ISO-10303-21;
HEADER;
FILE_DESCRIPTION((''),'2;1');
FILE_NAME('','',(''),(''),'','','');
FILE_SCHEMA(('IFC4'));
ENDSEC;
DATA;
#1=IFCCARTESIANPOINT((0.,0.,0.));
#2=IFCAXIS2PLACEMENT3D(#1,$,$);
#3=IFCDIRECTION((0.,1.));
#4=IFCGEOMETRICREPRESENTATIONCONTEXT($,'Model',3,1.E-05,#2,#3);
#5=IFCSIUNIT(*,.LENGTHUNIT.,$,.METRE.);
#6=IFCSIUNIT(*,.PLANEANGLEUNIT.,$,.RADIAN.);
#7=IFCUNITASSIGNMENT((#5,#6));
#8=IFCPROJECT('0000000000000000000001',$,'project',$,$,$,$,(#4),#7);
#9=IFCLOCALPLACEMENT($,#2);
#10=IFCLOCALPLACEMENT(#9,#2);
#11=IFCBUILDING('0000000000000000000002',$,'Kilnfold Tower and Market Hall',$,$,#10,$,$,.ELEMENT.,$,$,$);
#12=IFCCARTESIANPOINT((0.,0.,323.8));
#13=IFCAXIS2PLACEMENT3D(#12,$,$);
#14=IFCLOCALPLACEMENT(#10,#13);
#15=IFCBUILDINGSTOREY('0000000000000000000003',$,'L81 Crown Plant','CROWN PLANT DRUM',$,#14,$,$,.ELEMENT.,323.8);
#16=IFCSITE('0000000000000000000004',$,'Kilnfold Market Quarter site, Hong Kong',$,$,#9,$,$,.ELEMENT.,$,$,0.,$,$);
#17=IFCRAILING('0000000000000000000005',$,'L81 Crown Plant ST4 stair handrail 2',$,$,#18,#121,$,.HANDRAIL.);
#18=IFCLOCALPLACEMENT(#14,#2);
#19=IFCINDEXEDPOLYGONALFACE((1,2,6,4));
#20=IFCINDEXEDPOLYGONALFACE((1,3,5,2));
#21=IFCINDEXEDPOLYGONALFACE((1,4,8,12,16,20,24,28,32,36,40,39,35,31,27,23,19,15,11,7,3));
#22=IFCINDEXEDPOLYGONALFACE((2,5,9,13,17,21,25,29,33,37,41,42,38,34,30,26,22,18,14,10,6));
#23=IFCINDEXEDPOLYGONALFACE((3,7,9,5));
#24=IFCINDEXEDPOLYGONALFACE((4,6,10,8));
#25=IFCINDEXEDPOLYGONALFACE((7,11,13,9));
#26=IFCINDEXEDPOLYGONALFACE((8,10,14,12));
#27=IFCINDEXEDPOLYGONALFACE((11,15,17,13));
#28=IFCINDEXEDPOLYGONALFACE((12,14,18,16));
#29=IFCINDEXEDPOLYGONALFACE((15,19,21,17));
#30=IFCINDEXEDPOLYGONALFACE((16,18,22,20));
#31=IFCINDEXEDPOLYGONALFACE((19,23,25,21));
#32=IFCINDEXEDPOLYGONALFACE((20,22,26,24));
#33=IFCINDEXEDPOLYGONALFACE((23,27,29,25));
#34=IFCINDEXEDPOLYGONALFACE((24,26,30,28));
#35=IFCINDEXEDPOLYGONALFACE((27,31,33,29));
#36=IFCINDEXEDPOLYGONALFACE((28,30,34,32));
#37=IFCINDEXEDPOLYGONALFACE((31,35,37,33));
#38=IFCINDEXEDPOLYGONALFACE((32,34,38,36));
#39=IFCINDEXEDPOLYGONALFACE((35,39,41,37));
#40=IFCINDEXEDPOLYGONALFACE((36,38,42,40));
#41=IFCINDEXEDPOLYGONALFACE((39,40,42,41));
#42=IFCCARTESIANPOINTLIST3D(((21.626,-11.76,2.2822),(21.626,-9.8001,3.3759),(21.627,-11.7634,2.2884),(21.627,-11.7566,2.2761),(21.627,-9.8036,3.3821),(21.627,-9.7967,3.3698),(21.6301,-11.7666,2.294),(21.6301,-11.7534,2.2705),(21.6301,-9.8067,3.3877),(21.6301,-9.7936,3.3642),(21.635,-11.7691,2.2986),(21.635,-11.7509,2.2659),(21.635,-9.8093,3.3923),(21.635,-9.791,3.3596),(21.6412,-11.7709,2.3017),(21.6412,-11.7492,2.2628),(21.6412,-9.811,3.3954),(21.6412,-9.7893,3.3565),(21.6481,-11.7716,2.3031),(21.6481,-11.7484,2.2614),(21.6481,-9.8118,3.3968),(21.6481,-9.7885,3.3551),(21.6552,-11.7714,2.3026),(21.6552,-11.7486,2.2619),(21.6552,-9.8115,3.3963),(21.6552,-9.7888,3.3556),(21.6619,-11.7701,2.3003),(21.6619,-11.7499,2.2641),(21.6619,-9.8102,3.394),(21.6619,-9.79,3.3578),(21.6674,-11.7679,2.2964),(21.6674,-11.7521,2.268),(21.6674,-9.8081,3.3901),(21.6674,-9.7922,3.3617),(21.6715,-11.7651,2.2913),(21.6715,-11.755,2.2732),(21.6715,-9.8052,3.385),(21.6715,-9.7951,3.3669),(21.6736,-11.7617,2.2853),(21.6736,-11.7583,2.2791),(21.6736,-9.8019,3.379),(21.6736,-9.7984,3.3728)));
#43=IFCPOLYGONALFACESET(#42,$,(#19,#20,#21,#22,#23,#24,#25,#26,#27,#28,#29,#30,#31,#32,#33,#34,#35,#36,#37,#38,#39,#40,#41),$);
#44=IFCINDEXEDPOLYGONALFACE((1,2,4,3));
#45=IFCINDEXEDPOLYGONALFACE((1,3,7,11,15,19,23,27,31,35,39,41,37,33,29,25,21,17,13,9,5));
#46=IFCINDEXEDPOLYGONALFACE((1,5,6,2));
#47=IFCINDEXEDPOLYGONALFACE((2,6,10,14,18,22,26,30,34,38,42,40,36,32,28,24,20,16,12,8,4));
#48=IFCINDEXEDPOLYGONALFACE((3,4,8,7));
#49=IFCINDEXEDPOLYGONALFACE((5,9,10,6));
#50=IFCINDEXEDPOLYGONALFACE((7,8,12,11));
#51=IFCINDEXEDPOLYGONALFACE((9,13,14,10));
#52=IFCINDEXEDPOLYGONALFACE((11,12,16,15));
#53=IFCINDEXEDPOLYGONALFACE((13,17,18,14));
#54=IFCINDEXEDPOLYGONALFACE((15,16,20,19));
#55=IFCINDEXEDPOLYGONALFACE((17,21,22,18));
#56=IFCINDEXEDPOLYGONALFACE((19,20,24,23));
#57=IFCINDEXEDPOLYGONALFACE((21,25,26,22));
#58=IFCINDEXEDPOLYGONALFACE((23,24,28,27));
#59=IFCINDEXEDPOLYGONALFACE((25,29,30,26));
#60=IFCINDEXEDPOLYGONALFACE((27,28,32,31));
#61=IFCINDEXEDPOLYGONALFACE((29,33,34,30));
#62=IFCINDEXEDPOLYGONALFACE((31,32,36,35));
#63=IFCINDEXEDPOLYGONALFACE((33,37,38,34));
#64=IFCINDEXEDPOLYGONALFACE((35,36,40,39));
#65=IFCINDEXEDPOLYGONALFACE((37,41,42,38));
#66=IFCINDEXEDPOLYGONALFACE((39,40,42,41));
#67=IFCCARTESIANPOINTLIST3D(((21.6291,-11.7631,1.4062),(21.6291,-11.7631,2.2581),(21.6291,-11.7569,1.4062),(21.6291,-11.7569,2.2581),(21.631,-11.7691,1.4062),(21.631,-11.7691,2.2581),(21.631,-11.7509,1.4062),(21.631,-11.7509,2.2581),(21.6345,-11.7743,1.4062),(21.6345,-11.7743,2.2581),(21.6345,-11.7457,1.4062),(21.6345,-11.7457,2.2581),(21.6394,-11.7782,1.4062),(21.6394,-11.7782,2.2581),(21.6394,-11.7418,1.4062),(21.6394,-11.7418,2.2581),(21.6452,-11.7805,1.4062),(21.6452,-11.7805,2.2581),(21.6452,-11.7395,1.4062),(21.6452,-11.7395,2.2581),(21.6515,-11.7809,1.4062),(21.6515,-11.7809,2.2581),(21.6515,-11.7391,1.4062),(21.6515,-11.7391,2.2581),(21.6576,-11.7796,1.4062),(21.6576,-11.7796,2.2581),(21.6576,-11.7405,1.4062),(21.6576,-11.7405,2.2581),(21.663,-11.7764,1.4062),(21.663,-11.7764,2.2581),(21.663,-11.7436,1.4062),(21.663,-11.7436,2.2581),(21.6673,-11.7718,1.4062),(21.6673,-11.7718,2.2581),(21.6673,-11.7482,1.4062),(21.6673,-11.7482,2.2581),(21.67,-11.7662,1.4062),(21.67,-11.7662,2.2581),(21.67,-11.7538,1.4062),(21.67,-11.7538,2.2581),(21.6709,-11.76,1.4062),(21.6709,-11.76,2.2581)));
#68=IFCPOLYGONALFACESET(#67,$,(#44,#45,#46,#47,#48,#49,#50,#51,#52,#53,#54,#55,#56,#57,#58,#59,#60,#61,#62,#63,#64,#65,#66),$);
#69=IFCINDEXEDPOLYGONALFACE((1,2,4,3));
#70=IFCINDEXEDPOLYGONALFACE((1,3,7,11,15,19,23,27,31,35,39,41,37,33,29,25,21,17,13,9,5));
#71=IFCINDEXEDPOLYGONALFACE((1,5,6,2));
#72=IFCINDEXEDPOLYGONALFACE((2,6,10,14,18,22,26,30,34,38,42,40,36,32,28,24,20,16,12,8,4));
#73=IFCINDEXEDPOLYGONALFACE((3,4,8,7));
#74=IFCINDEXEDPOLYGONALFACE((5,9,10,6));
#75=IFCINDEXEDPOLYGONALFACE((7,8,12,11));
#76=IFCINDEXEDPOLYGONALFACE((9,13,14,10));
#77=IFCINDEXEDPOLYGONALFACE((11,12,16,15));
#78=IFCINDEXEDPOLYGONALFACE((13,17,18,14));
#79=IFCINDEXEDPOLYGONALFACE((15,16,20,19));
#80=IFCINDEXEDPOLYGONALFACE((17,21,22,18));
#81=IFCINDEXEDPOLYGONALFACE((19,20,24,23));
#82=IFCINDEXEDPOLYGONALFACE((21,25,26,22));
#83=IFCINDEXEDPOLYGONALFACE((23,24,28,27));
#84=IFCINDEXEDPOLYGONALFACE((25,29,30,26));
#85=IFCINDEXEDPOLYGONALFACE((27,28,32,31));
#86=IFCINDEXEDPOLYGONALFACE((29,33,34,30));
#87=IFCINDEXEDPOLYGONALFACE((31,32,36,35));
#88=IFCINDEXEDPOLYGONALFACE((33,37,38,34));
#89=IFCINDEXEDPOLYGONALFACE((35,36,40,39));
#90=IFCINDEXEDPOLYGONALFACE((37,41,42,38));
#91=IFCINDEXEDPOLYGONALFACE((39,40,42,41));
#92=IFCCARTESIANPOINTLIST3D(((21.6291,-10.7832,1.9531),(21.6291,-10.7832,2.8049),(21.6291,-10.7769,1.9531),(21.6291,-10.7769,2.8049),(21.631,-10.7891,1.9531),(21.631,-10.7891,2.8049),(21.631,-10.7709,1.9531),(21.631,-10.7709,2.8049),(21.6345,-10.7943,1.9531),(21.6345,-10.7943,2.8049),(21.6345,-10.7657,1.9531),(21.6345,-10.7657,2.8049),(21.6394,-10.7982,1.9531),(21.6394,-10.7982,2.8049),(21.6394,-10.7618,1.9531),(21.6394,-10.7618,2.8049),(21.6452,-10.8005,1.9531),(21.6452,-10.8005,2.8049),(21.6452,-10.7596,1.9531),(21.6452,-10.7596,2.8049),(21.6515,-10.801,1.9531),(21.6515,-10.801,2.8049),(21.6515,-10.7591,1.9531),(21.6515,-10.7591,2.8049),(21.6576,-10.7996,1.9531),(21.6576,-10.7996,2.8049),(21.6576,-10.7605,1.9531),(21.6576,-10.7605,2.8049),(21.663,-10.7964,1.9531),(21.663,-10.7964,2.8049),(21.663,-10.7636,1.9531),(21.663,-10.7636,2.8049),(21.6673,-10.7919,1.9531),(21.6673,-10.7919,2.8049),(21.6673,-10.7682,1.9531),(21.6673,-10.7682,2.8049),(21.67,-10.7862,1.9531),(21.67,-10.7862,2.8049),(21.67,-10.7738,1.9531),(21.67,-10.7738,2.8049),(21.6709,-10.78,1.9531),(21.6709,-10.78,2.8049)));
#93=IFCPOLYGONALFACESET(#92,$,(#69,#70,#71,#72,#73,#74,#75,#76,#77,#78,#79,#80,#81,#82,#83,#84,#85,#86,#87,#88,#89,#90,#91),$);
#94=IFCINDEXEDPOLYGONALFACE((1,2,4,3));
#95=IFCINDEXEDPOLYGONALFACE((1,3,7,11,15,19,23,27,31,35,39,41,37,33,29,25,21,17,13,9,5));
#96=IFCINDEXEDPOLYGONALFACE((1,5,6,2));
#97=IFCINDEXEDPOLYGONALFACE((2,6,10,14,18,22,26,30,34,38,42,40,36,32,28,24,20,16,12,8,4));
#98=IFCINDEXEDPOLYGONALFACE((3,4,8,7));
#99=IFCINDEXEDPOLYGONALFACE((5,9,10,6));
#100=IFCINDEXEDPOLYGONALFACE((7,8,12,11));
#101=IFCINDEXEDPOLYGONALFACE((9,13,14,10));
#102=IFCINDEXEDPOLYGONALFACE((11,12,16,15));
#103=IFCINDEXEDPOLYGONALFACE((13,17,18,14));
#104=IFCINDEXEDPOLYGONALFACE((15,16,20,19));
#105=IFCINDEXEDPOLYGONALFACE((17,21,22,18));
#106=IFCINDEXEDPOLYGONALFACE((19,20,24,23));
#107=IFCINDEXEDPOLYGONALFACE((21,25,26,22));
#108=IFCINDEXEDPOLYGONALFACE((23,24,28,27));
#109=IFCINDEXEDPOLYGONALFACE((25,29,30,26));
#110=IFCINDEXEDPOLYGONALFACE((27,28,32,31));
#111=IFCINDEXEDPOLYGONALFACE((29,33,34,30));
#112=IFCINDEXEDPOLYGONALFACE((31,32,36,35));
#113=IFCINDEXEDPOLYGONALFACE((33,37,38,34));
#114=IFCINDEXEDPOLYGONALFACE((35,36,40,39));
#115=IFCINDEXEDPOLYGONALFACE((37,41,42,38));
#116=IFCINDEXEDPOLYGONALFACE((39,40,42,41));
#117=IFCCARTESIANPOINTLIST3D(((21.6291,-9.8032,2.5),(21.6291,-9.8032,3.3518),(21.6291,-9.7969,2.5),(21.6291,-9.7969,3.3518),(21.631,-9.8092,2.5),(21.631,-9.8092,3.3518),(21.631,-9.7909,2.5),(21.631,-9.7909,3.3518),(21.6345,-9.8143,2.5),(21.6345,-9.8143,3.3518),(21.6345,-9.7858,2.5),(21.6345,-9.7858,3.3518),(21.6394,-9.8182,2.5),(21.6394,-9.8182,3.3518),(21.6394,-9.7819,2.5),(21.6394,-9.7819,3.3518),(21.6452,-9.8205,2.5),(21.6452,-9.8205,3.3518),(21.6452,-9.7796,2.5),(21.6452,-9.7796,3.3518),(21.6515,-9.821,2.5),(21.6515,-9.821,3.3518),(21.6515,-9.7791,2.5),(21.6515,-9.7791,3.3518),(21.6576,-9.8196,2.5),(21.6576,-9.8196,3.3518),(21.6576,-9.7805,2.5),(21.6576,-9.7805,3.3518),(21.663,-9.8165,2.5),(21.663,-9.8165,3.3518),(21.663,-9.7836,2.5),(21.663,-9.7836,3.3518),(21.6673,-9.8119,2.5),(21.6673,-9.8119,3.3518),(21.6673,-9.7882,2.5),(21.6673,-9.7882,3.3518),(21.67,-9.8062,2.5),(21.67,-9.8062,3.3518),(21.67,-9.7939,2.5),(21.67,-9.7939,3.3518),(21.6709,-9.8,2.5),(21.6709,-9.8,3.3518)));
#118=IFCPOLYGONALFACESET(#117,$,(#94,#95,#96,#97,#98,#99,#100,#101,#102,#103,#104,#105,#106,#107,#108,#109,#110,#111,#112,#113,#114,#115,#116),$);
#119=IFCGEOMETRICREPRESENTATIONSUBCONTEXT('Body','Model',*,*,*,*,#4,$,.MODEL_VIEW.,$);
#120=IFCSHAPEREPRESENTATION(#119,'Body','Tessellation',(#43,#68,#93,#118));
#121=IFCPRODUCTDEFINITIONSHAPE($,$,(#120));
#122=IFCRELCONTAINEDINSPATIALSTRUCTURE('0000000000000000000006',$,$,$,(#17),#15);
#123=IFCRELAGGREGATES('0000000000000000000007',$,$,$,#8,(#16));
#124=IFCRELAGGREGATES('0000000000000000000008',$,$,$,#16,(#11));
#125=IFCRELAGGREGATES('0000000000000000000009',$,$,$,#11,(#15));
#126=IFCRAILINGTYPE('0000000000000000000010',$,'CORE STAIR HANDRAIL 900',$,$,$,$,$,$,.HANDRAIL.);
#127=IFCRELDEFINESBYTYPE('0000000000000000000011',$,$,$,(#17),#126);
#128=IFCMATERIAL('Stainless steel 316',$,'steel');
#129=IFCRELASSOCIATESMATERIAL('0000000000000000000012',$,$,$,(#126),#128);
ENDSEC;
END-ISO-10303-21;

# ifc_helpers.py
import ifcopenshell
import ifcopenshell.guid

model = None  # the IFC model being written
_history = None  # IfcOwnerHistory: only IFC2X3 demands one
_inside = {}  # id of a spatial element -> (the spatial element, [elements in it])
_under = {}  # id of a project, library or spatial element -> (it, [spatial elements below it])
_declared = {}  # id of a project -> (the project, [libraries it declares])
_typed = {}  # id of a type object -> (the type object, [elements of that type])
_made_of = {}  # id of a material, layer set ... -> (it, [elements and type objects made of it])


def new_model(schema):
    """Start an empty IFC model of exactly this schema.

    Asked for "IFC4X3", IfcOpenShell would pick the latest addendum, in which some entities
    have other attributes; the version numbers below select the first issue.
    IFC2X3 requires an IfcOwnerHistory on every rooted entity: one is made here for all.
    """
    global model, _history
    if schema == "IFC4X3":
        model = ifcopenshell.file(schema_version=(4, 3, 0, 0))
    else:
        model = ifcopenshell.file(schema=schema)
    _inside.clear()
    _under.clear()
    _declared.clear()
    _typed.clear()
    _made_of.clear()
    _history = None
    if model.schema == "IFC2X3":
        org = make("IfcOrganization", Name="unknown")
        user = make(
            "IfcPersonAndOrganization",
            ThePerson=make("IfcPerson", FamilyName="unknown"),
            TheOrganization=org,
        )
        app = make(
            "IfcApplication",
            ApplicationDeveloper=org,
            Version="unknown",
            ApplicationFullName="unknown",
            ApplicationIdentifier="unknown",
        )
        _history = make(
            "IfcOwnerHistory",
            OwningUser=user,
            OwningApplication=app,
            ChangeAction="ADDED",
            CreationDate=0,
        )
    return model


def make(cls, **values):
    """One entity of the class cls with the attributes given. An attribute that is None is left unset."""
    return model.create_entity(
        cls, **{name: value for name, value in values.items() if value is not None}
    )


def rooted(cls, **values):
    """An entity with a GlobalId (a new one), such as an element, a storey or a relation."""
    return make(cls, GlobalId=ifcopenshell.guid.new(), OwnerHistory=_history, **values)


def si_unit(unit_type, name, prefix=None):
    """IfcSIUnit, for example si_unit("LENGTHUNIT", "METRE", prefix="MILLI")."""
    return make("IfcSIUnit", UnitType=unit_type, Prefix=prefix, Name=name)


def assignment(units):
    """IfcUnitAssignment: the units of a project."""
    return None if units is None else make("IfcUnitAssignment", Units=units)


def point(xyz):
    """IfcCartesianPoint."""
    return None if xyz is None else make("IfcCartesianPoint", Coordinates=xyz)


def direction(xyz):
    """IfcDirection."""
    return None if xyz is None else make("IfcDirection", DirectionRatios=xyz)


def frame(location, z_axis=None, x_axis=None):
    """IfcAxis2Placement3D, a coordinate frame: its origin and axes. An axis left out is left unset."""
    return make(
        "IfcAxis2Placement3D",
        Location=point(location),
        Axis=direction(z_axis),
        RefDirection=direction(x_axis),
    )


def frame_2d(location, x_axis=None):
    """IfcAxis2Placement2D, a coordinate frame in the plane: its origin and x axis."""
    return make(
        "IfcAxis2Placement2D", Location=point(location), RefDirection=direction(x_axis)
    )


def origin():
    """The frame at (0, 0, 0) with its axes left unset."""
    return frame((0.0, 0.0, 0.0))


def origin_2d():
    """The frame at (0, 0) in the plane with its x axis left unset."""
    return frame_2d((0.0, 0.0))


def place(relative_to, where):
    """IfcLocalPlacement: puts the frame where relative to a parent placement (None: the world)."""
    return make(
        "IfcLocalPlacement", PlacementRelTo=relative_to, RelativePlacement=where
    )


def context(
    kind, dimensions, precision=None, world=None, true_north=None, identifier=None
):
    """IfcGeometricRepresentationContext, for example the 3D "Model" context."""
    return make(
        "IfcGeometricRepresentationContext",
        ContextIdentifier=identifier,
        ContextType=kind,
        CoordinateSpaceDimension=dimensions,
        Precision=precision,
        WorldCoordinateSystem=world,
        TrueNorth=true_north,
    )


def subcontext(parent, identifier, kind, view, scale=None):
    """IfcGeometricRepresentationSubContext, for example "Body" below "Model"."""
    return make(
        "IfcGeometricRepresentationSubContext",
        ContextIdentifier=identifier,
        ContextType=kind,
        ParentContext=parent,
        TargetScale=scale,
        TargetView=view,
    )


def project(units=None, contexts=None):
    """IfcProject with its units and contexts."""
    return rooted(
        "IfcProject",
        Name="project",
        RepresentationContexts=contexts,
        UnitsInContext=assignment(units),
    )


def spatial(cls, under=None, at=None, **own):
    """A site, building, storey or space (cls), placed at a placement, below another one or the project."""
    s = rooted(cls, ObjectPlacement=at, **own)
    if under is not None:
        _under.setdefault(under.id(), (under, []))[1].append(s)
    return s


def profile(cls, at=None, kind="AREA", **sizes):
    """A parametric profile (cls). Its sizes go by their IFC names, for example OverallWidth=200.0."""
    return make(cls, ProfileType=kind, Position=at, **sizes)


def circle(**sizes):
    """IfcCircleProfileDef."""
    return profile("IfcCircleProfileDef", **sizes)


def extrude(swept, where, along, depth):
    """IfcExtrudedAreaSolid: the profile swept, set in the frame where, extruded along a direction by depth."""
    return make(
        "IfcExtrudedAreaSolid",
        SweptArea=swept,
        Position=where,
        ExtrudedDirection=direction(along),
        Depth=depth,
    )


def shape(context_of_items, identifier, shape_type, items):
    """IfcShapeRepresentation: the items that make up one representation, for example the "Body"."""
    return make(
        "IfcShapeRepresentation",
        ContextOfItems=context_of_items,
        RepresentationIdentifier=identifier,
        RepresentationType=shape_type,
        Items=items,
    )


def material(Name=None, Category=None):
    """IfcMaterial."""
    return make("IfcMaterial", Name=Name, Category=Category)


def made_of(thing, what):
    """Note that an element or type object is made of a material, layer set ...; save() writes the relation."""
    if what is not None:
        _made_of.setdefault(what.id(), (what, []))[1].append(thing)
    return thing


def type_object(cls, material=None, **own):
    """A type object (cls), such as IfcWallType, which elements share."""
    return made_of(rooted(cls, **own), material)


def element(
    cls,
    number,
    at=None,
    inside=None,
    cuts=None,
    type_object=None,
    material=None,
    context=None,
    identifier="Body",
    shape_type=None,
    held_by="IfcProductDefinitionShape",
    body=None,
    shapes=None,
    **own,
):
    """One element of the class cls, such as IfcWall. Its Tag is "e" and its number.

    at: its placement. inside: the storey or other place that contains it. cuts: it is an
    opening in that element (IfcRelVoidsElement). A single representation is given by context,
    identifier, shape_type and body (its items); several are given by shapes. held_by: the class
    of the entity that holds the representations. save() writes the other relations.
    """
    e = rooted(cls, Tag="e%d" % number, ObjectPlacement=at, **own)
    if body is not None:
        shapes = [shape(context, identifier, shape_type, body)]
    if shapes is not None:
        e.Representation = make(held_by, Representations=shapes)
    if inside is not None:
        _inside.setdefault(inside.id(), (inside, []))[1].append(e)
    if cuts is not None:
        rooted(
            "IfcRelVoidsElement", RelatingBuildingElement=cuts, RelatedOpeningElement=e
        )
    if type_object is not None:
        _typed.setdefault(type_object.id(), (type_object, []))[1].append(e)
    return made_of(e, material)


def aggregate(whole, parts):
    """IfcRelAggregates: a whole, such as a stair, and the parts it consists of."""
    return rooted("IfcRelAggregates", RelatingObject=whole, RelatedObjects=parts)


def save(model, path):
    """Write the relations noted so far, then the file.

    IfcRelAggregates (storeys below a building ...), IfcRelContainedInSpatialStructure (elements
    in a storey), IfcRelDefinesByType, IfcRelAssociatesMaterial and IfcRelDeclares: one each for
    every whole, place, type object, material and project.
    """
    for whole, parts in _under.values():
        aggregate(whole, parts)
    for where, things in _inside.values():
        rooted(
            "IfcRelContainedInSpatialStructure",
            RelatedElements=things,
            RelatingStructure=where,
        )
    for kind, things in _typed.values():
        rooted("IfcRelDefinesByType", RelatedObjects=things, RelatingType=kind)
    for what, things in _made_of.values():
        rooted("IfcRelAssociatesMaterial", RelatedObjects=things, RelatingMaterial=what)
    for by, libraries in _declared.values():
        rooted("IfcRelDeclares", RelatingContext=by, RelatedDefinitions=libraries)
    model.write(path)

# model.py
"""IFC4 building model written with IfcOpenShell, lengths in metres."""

from ifc_helpers import new_model, si_unit, direction, frame, origin, origin_2d, place, context, subcontext, project, spatial, circle, extrude, material, type_object, element, save


model = new_model("IFC4")

# Units and contexts
model_context = context("Model", 3, precision=1e-05, world=origin(), true_north=direction((0.0, 1.0)))
body_context = subcontext(model_context, "Body", "Model", "MODEL_VIEW")
ifc_project = project(units=[si_unit("LENGTHUNIT", "METRE"), si_unit("PLANEANGLEUNIT", "RADIAN")], contexts=[model_context])

# Site, building, storey
site_placement = place(None, origin())
site = spatial("IfcSite", under=ifc_project, at=site_placement, Name="Kilnfold Market Quarter site, Hong Kong", CompositionType="ELEMENT", RefElevation=0.0)
building_placement = place(site_placement, origin())
building = spatial("IfcBuilding", under=site, at=building_placement, Name="Kilnfold Tower and Market Hall", CompositionType="ELEMENT")
storey_placement = place(building_placement, frame((0.0, 0.0, 323.8)))
storey = spatial("IfcBuildingStorey", under=building, at=storey_placement, Name="L81 Crown Plant", Description="CROWN PLANT DRUM", CompositionType="ELEMENT", Elevation=323.8)

# Railing
ifc_material_1 = material(Name="Stainless steel 316", Category="steel")
railing_type_1 = type_object("IfcRailingType", Name="CORE STAIR HANDRAIL 900", PredefinedType="HANDRAIL", material=ifc_material_1)
railing_1_placement = place(storey_placement, frame((21.6499, -11.76, 1.4062)))
element("IfcRailing", 1, at=railing_1_placement, inside=storey, type_object=railing_type_1, Name="L81 Crown Plant ST4 stair handrail 2", PredefinedType="HANDRAIL", context=body_context, shape_type="SweptSolid", body=[
    extrude(circle(Radius=0.0239, at=origin_2d()), frame((0.0, 0.0, 0.876), z_axis=(0.0, 0.873232, 0.487304), x_axis=(-1.0, 0.0, 0.0)), (0.0, 0.0, 1.0), 2.2444),
    extrude(circle(Radius=0.021, at=origin_2d()), origin(), (0.0, 0.0, 1.0), 0.8518),
    extrude(circle(Radius=0.021, at=origin_2d()), frame((0.0, 0.98, 0.5469)), (0.0, 0.0, 1.0), 0.8518),
    extrude(circle(Radius=0.021, at=origin_2d()), frame((0.0, 1.96, 1.0938)), (0.0, 0.0, 1.0), 0.8518),
])

save(model, "model.ifc")
